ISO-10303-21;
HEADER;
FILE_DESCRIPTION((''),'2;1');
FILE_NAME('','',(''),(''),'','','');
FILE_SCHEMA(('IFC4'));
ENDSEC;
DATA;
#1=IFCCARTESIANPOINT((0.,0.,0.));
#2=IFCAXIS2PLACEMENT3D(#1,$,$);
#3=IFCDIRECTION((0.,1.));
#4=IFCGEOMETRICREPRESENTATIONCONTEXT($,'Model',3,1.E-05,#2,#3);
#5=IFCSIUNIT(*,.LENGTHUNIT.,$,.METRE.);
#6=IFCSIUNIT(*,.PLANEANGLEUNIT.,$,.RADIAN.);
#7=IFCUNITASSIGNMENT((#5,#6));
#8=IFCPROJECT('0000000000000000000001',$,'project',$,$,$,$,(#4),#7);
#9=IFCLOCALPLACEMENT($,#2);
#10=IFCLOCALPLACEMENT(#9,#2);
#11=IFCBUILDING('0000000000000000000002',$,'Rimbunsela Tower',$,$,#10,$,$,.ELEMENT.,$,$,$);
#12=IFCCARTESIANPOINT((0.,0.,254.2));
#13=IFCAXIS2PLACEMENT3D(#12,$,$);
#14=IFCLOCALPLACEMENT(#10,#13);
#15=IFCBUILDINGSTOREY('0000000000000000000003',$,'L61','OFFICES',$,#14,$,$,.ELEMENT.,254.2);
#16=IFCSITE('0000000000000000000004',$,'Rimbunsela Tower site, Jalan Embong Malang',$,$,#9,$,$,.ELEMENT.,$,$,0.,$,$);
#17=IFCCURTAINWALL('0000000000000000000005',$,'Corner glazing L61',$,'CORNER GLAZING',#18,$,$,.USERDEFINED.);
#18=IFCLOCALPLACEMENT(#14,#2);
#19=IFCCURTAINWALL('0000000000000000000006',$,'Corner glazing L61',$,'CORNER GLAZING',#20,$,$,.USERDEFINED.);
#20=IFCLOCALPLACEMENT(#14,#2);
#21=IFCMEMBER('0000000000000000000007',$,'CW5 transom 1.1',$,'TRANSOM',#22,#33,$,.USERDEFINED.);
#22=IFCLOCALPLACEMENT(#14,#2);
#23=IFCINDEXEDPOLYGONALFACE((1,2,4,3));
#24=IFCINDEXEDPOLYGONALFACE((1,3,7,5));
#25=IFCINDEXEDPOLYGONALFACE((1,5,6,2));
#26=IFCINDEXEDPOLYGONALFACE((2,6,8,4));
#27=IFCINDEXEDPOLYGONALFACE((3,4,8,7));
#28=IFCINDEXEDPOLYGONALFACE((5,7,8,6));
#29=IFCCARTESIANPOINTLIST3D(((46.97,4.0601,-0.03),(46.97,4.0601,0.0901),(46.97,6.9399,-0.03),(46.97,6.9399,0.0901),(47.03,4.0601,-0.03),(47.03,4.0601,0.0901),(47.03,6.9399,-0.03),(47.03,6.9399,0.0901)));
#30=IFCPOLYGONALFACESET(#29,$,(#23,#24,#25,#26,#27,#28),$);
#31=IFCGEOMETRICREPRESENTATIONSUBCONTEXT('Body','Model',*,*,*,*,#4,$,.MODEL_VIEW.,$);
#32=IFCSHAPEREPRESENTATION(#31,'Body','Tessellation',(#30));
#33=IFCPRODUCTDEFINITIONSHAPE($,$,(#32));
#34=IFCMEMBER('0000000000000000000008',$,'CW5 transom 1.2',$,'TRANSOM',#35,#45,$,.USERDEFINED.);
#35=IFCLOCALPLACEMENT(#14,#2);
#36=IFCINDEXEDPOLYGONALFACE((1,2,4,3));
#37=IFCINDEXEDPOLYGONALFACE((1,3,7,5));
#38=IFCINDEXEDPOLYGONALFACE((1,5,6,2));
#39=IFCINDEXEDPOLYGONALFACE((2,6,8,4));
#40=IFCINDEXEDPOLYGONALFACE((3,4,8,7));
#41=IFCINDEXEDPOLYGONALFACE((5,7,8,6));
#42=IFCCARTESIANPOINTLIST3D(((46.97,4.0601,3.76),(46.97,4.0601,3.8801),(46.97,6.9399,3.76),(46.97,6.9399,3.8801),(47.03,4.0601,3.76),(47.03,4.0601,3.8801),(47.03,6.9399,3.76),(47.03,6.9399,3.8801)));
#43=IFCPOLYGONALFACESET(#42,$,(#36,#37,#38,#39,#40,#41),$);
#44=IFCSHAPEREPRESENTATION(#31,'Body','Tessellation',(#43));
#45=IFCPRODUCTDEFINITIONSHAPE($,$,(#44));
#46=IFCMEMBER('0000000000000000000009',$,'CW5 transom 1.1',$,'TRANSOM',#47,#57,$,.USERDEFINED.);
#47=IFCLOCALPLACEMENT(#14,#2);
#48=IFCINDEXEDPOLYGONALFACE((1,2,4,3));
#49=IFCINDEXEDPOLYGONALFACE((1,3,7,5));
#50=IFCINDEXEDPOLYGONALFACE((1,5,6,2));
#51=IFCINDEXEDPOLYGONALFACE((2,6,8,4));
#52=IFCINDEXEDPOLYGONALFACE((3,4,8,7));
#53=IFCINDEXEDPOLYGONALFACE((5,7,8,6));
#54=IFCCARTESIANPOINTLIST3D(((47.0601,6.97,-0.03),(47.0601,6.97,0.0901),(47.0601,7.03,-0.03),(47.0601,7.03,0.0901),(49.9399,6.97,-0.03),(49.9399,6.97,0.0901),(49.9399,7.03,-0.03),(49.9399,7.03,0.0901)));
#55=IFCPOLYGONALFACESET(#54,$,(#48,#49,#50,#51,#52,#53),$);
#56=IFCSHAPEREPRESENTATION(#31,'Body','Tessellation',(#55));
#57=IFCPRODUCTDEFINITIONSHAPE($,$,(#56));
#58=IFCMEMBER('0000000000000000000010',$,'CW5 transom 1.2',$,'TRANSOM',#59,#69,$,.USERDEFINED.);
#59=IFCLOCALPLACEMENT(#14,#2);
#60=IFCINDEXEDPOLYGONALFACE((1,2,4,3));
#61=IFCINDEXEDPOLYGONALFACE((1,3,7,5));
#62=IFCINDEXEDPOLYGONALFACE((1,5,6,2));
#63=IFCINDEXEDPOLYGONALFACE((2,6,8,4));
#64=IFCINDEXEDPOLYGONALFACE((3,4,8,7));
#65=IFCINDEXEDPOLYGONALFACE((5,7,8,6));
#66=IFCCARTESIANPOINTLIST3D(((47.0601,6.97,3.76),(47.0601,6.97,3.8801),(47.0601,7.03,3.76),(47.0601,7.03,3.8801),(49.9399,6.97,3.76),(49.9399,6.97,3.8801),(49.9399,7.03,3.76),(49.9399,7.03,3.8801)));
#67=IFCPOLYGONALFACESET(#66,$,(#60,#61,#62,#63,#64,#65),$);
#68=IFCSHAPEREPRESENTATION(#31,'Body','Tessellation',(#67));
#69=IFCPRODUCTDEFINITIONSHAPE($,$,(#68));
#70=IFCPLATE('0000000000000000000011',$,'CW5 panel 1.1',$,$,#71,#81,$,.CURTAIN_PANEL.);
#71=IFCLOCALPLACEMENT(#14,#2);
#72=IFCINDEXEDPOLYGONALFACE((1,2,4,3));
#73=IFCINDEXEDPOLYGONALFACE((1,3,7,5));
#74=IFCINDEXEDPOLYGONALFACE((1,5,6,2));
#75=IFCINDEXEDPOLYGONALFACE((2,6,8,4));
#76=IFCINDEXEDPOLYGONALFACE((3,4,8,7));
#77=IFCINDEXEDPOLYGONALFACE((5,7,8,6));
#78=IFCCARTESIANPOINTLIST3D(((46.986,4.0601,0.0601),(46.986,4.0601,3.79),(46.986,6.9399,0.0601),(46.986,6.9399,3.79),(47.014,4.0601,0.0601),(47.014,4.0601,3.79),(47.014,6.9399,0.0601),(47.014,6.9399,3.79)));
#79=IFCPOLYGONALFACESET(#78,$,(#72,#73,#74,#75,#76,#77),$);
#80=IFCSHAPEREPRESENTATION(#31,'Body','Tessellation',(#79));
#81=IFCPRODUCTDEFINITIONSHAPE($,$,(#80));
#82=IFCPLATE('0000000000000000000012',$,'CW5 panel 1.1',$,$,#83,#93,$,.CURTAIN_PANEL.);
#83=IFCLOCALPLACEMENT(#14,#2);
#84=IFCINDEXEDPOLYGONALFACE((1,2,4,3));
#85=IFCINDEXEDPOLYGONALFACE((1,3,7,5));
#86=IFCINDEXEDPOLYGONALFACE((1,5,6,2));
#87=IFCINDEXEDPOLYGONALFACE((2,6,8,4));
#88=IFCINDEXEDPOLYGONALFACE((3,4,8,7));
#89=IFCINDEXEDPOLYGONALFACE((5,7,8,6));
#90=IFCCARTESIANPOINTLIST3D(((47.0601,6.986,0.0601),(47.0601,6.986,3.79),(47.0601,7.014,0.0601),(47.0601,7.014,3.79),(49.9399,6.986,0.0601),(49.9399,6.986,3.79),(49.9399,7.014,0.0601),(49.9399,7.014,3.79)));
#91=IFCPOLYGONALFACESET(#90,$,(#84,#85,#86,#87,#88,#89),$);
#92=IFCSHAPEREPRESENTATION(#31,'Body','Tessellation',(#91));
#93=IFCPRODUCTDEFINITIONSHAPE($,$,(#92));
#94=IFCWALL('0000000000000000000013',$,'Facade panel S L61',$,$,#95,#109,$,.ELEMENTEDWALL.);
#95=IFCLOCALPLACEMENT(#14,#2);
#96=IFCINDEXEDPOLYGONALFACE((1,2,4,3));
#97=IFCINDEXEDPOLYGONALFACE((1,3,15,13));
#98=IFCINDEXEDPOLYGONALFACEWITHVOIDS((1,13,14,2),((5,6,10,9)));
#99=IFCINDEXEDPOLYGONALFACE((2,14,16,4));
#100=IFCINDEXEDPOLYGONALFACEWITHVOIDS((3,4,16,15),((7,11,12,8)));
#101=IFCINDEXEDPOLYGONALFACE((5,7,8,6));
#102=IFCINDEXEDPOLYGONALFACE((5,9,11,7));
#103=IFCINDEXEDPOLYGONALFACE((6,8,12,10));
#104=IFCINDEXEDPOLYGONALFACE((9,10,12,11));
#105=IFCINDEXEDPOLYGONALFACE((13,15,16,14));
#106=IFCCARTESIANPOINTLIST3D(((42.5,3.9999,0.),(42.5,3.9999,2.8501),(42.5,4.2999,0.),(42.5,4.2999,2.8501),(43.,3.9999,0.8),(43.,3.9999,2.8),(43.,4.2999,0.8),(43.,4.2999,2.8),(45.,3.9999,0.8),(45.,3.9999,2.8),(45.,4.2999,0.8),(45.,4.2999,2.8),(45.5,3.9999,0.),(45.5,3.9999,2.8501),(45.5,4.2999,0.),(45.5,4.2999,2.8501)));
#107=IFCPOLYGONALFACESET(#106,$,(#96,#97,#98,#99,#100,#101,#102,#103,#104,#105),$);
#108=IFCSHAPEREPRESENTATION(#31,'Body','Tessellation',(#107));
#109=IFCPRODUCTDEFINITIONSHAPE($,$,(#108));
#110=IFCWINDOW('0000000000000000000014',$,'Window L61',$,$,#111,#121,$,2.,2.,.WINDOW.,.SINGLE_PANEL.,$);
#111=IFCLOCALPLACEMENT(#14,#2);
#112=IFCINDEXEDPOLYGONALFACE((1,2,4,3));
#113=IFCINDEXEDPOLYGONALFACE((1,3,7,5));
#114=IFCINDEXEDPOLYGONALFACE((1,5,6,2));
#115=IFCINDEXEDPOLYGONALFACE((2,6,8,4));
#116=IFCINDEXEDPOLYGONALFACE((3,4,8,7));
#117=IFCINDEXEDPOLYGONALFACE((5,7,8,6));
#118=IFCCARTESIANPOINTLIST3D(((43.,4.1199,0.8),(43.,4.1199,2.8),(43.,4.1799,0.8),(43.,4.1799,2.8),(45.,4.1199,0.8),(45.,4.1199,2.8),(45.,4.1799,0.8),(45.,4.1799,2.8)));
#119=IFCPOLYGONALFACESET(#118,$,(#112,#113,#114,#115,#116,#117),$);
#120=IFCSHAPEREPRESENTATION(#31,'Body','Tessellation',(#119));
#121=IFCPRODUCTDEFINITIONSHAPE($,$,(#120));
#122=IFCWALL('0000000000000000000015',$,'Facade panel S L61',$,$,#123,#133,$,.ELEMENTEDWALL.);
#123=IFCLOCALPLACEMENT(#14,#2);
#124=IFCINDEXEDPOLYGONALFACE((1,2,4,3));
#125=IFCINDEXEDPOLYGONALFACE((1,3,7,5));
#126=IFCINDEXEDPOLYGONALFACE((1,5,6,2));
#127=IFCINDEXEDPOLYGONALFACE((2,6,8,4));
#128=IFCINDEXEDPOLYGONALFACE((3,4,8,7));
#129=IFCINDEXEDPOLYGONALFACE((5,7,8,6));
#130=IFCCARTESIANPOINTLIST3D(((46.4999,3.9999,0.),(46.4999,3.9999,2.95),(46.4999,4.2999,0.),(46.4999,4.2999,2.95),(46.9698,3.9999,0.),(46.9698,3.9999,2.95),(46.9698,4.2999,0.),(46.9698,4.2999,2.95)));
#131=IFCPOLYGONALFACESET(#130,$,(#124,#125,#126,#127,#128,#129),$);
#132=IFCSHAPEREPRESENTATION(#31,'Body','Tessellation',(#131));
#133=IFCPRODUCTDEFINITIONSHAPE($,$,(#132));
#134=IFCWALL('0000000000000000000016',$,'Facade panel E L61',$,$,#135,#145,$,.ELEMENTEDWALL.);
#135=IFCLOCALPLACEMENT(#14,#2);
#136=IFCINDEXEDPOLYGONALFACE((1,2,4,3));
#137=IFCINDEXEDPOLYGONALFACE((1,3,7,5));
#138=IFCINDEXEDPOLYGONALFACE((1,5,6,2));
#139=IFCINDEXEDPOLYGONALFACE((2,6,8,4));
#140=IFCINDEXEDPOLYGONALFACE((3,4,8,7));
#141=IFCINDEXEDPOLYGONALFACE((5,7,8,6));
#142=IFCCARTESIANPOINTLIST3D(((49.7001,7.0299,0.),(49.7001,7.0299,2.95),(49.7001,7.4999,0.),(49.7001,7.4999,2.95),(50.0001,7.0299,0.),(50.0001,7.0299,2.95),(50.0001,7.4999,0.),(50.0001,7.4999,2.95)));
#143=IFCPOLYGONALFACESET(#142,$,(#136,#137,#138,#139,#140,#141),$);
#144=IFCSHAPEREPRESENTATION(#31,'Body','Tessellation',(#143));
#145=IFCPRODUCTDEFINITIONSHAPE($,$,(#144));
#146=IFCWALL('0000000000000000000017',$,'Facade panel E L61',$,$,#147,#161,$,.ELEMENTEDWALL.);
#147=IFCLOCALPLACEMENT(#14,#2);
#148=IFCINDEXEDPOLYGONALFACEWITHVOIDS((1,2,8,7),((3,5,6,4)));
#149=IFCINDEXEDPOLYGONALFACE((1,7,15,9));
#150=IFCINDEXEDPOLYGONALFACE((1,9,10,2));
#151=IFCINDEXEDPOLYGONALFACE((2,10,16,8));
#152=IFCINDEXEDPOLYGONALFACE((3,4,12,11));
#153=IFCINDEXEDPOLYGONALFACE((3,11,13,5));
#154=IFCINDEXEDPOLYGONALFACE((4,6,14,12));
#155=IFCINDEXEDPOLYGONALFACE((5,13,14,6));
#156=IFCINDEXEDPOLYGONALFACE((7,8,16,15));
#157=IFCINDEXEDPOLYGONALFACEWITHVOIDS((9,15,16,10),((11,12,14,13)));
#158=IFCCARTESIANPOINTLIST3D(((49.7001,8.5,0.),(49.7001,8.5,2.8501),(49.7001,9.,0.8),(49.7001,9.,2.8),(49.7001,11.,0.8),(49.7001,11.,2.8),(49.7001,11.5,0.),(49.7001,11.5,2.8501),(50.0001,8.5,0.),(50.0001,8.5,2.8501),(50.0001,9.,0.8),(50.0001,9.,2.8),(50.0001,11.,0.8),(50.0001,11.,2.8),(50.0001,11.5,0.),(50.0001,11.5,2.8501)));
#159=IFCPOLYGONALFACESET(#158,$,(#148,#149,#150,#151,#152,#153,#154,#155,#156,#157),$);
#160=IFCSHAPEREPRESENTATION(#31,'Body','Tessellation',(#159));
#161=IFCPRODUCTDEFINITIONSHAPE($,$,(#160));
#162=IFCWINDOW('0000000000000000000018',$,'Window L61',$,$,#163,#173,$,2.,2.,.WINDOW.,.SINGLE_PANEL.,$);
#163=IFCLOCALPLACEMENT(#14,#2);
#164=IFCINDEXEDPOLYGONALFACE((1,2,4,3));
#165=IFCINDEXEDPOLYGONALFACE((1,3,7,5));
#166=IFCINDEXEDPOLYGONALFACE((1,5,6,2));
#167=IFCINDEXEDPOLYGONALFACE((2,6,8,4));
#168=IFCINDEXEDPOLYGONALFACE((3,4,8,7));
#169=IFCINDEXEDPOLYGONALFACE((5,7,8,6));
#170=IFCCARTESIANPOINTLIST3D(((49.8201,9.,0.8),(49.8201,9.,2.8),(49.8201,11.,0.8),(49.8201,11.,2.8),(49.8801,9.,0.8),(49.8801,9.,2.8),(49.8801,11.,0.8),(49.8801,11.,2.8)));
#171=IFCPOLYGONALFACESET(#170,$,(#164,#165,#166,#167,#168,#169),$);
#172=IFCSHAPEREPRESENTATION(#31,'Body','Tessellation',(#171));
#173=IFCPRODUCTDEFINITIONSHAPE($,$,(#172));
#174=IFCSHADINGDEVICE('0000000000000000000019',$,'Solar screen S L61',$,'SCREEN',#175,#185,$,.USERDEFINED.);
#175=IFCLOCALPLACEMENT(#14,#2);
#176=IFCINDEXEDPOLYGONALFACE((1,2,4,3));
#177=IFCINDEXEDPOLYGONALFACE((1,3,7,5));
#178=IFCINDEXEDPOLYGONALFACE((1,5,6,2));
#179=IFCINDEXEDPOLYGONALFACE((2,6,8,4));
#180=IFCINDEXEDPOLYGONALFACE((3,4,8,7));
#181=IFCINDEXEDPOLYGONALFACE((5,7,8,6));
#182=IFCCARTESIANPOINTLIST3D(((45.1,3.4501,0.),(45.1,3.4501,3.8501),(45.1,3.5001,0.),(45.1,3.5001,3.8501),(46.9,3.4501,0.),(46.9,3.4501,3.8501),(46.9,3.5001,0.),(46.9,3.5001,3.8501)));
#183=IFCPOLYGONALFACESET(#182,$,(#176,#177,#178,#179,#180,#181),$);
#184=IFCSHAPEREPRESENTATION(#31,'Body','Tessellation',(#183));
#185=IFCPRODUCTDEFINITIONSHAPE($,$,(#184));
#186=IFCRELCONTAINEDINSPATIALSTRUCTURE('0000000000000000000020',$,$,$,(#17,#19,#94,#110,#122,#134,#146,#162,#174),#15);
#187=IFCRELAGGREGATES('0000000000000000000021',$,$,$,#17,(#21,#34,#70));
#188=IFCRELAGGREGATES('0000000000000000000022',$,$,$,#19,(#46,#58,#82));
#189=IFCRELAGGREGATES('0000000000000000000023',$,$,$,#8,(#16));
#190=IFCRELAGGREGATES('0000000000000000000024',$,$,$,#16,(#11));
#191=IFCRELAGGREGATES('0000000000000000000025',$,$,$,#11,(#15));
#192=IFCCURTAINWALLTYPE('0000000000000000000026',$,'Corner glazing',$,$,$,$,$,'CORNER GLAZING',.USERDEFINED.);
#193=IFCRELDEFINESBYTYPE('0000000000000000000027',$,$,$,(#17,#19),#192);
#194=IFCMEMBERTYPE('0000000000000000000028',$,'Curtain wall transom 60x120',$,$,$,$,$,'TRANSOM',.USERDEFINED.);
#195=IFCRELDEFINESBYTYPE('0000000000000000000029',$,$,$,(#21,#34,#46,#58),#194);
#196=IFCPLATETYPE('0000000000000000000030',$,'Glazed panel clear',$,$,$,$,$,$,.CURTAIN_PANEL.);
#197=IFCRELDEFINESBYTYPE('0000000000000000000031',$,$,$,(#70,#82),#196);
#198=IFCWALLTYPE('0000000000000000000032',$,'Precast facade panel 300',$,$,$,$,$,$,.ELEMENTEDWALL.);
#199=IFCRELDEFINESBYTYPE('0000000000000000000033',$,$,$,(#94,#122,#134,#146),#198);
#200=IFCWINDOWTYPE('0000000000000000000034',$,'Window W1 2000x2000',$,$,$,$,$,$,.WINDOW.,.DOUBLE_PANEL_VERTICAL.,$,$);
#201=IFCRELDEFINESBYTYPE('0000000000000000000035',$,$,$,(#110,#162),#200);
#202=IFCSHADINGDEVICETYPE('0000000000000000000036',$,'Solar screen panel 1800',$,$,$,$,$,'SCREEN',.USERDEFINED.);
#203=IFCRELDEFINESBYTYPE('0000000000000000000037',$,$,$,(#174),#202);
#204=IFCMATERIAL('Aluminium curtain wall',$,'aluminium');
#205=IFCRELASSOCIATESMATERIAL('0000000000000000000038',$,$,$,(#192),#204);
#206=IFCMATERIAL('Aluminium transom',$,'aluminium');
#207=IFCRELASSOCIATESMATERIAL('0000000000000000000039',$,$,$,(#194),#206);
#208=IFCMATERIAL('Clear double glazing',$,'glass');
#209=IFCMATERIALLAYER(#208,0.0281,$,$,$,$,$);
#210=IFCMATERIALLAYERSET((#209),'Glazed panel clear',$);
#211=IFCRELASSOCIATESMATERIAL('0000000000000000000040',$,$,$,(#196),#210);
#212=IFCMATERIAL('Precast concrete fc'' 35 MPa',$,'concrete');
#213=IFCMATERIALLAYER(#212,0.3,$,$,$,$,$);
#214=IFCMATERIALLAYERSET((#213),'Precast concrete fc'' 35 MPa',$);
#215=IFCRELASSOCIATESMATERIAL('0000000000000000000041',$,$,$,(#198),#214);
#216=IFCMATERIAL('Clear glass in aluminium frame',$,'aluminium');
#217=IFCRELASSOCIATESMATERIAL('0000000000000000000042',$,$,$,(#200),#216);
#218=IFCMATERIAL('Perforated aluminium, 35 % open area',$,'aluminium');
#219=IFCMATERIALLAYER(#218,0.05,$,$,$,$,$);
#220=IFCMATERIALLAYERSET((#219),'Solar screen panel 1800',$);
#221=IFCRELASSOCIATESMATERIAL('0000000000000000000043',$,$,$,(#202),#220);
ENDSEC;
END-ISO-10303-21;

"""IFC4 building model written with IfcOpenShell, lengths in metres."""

from ifc_helpers import new_model, si_unit, direction, frame, frame_2d, origin, origin_2d, place, context, subcontext, project, spatial, rectangle, extrude, material, layer, layer_set, material_profile, profile_set, type_object, element, fill, aggregate, save


model = new_model("IFC4")

# Units and contexts
model_context = context("Model", 3, precision=1e-05, world=origin(), true_north=direction((0.0, 1.0)))
body_context = subcontext(model_context, "Body", "Model", "MODEL_VIEW")
ifc_project = project(units=[si_unit("LENGTHUNIT", "METRE"), si_unit("PLANEANGLEUNIT", "RADIAN")], contexts=[model_context])

# Site, building, storey
site_placement = place(None, origin())
site = spatial("IfcSite", under=ifc_project, at=site_placement, Name="Rimbunsela Tower site, Jalan Embong Malang", CompositionType="ELEMENT", RefElevation=0.0)
building_placement = place(site_placement, origin())
building = spatial("IfcBuilding", under=site, at=building_placement, Name="Rimbunsela Tower", CompositionType="ELEMENT")
storey_placement = place(building_placement, frame((0.0, 0.0, 254.2)))
storey = spatial("IfcBuildingStorey", under=building, at=storey_placement, Name="L61", Description="OFFICES", CompositionType="ELEMENT", Elevation=254.2)

# Curtain walls
ifc_material_1 = material(Name="Aluminium curtain wall", Category="aluminium")
curtain_wall_type = type_object("IfcCurtainWallType", Name="Corner glazing", ElementType="CORNER GLAZING", PredefinedType="USERDEFINED", material=ifc_material_1)
curtain_wall_1_placement = place(storey_placement, origin())
curtain_wall_1 = element("IfcCurtainWall", 1, at=curtain_wall_1_placement, inside=storey, type_object=curtain_wall_type, Name="Corner glazing L61", ObjectType="CORNER GLAZING", PredefinedType="USERDEFINED")
curtain_wall_2_placement = place(storey_placement, origin())
curtain_wall_2 = element("IfcCurtainWall", 2, at=curtain_wall_2_placement, inside=storey, type_object=curtain_wall_type, Name="Corner glazing L61", ObjectType="CORNER GLAZING", PredefinedType="USERDEFINED")

# Members
ifc_material_2 = material(Name="Aluminium transom", Category="aluminium")
ifc_material_profile_1 = material_profile(ifc_material_2, rectangle(XDim=0.0601, YDim=0.1201, at=origin_2d()), Name="Transom 60x120")
ifc_profile_set_1 = profile_set([ifc_material_profile_1], Name="Aluminium transom")
member_type_1 = type_object("IfcMemberType", Name="Curtain wall transom 60x120", ElementType="TRANSOM", PredefinedType="USERDEFINED", material=ifc_profile_set_1)
member_1_placement = place(storey_placement, frame((47.0, 4.0601, 0.03), z_axis=(0.0, 1.0, 0.0), x_axis=(-1.0, 0.0, 0.0)))
member_1 = element("IfcMember", 3, at=member_1_placement, type_object=member_type_1, Name="CW5 transom 1.1", ObjectType="TRANSOM", PredefinedType="USERDEFINED", context=body_context, shape_type="SweptSolid", body=[
    extrude(rectangle(XDim=0.0601, YDim=0.1201, at=origin_2d()), origin(), (0.0, 0.0, 1.0), 2.8799),
])
member_2_placement = place(storey_placement, frame((47.0, 4.0601, 3.8201), z_axis=(0.0, 1.0, 0.0), x_axis=(-1.0, 0.0, 0.0)))
member_2 = element("IfcMember", 4, at=member_2_placement, type_object=member_type_1, Name="CW5 transom 1.2", ObjectType="TRANSOM", PredefinedType="USERDEFINED", context=body_context, shape_type="SweptSolid", body=[
    extrude(rectangle(XDim=0.0601, YDim=0.1201, at=origin_2d()), origin(), (0.0, 0.0, 1.0), 2.8799),
])
member_3_placement = place(storey_placement, frame((47.0601, 7.0, 0.03), z_axis=(1.0, 0.0, 0.0), x_axis=(0.0, 1.0, 0.0)))
member_3 = element("IfcMember", 5, at=member_3_placement, type_object=member_type_1, Name="CW5 transom 1.1", ObjectType="TRANSOM", PredefinedType="USERDEFINED", context=body_context, shape_type="SweptSolid", body=[
    extrude(rectangle(XDim=0.0601, YDim=0.1201, at=origin_2d()), origin(), (0.0, 0.0, 1.0), 2.8799),
])
member_4_placement = place(storey_placement, frame((47.0601, 7.0, 3.8201), z_axis=(1.0, 0.0, 0.0), x_axis=(0.0, 1.0, 0.0)))
member_4 = element("IfcMember", 6, at=member_4_placement, type_object=member_type_1, Name="CW5 transom 1.2", ObjectType="TRANSOM", PredefinedType="USERDEFINED", context=body_context, shape_type="SweptSolid", body=[
    extrude(rectangle(XDim=0.0601, YDim=0.1201, at=origin_2d()), origin(), (0.0, 0.0, 1.0), 2.8799),
])

# Plates
ifc_material_3 = material(Name="Clear double glazing", Category="glass")
ifc_layer_1 = layer(ifc_material_3, 0.0281)
ifc_layer_set_1 = layer_set([ifc_layer_1], Name="Glazed panel clear")
plate_type = type_object("IfcPlateType", Name="Glazed panel clear", PredefinedType="CURTAIN_PANEL", material=ifc_layer_set_1)
plate_1_placement = place(storey_placement, frame((47.0, 5.5, 0.0601), z_axis=(0.0, 0.0, 1.0), x_axis=(0.0, 1.0, 0.0)))
plate_1 = element("IfcPlate", 7, at=plate_1_placement, type_object=plate_type, Name="CW5 panel 1.1", PredefinedType="CURTAIN_PANEL", context=body_context, shape_type="SweptSolid", body=[
    extrude(rectangle(XDim=2.8799, YDim=0.0281, at=origin_2d()), origin(), (0.0, 0.0, 1.0), 3.73),
])
aggregate(curtain_wall_1, [member_1, member_2, plate_1])
plate_2_placement = place(storey_placement, frame((48.5, 7.0, 0.0601), z_axis=(0.0, 0.0, 1.0), x_axis=(1.0, 0.0, 0.0)))
plate_2 = element("IfcPlate", 8, at=plate_2_placement, type_object=plate_type, Name="CW5 panel 1.1", PredefinedType="CURTAIN_PANEL", context=body_context, shape_type="SweptSolid", body=[
    extrude(rectangle(XDim=2.8799, YDim=0.0281, at=origin_2d()), origin(), (0.0, 0.0, 1.0), 3.73),
])
aggregate(curtain_wall_2, [member_3, member_4, plate_2])

# Wall, opening, window
ifc_material_4 = material(Name="Precast concrete fc' 35 MPa", Category="concrete")
ifc_layer_2 = layer(ifc_material_4, 0.3)
ifc_layer_set_2 = layer_set([ifc_layer_2], Name="Precast concrete fc' 35 MPa")
wall_type = type_object("IfcWallType", Name="Precast facade panel 300", PredefinedType="ELEMENTEDWALL", material=ifc_layer_set_2)
wall_1_placement = place(storey_placement, frame((42.5, 4.1499, 0.0), z_axis=(0.0, 0.0, 1.0), x_axis=(1.0, 0.0, 0.0)))
wall_1 = element("IfcWall", 9, at=wall_1_placement, inside=storey, type_object=wall_type, Name="Facade panel S L61", PredefinedType="ELEMENTEDWALL", context=body_context, shape_type="SweptSolid", body=[
    extrude(rectangle(XDim=3.0, YDim=0.3, at=frame_2d((1.5, 0.0))), origin(), (0.0, 0.0, 1.0), 2.8501),
])
opening_1_placement = place(wall_1_placement, frame((0.5, 0.0, 0.8)))
opening_1 = element("IfcOpeningElement", 10, at=opening_1_placement, cuts=wall_1, PredefinedType="OPENING", context=body_context, shape_type="SweptSolid", body=[
    extrude(rectangle(XDim=2.0, YDim=2.0, at=frame_2d((1.0, 1.0))), frame((0.0, 0.1599, 0.0), z_axis=(0.0, -1.0, 0.0), x_axis=(1.0, 0.0, 0.0)), (0.0, 0.0, 1.0), 0.3201),
])
ifc_material_5 = material(Name="Clear glass in aluminium frame", Category="aluminium")
window_type = type_object("IfcWindowType", Name="Window W1 2000x2000", PartitioningType="DOUBLE_PANEL_VERTICAL", PredefinedType="WINDOW", material=ifc_material_5)
window_1_placement = place(opening_1_placement, origin())
window_1 = element("IfcWindow", 11, at=window_1_placement, inside=storey, type_object=window_type, Name="Window L61", OverallHeight=2.0, OverallWidth=2.0, PartitioningType="SINGLE_PANEL", PredefinedType="WINDOW", context=body_context, shape_type="SweptSolid", body=[
    extrude(rectangle(XDim=2.0, YDim=2.0, at=frame_2d((1.0, 1.0))), frame((0.0, 0.03, 0.0), z_axis=(0.0, -1.0, 0.0), x_axis=(1.0, 0.0, 0.0)), (0.0, 0.0, 1.0), 0.0601),
])
fill(opening_1, window_1)

# Walls
for number, where, z_axis, x_axis, name in (
    (12, (46.5, 4.1499, 0.0), (0.0, 0.0, 1.0), (1.0, 0.0, 0.0), "Facade panel S L61"),
    (13, (49.8501, 7.03, 0.0), (0.0, 0.0, 1.0), (0.0, 1.0, 0.0), "Facade panel E L61"),
):
    element("IfcWall", number, at=place(storey_placement, frame(where, z_axis=z_axis, x_axis=x_axis)), inside=storey, type_object=wall_type, Name=name, PredefinedType="ELEMENTEDWALL", context=body_context, shape_type="SweptSolid", body=[
        extrude(rectangle(XDim=0.47, YDim=0.3, at=frame_2d((0.2349, 0.0))), origin(), (0.0, 0.0, 1.0), 2.95),
    ])

# Wall, opening, window
wall_2_placement = place(storey_placement, frame((49.8501, 8.5, 0.0), z_axis=(0.0, 0.0, 1.0), x_axis=(0.0, 1.0, 0.0)))
wall_2 = element("IfcWall", 14, at=wall_2_placement, inside=storey, type_object=wall_type, Name="Facade panel E L61", PredefinedType="ELEMENTEDWALL", context=body_context, shape_type="SweptSolid", body=[
    extrude(rectangle(XDim=3.0, YDim=0.3, at=frame_2d((1.5, 0.0))), origin(), (0.0, 0.0, 1.0), 2.8501),
])
opening_2_placement = place(wall_2_placement, frame((0.5, 0.0, 0.8)))
opening_2 = element("IfcOpeningElement", 15, at=opening_2_placement, cuts=wall_2, PredefinedType="OPENING", context=body_context, shape_type="SweptSolid", body=[
    extrude(rectangle(XDim=2.0, YDim=2.0, at=frame_2d((1.0, 1.0))), frame((0.0, 0.1599, 0.0), z_axis=(0.0, -1.0, 0.0), x_axis=(1.0, 0.0, 0.0)), (0.0, 0.0, 1.0), 0.3201),
])
window_2_placement = place(opening_2_placement, origin())
window_2 = element("IfcWindow", 16, at=window_2_placement, inside=storey, type_object=window_type, Name="Window L61", OverallHeight=2.0, OverallWidth=2.0, PartitioningType="SINGLE_PANEL", PredefinedType="WINDOW", context=body_context, shape_type="SweptSolid", body=[
    extrude(rectangle(XDim=2.0, YDim=2.0, at=frame_2d((1.0, 1.0))), frame((0.0, 0.03, 0.0), z_axis=(0.0, -1.0, 0.0), x_axis=(1.0, 0.0, 0.0)), (0.0, 0.0, 1.0), 0.0601),
])
fill(opening_2, window_2)

# Shading device
ifc_material_6 = material(Name="Perforated aluminium, 35 % open area", Category="aluminium")
ifc_layer_3 = layer(ifc_material_6, 0.05)
ifc_layer_set_3 = layer_set([ifc_layer_3], Name="Solar screen panel 1800")
shading_device_type = type_object("IfcShadingDeviceType", Name="Solar screen panel 1800", ElementType="SCREEN", PredefinedType="USERDEFINED", material=ifc_layer_set_3)
for number, where, z_axis, x_axis, name in (
    (17, (46.0, 3.4751, 0.0), (0.0, 0.0, 1.0), (1.0, 0.0, 0.0), "Solar screen S L61"),
):
    element("IfcShadingDevice", number, at=place(storey_placement, frame(where, z_axis=z_axis, x_axis=x_axis)), inside=storey, type_object=shading_device_type, Name=name, ObjectType="SCREEN", PredefinedType="USERDEFINED", context=body_context, shape_type="SweptSolid", body=[
        extrude(rectangle(XDim=1.8, YDim=0.05, at=origin_2d()), origin(), (0.0, 0.0, 1.0), 3.8501),
    ])

save(model, "model.ifc")
